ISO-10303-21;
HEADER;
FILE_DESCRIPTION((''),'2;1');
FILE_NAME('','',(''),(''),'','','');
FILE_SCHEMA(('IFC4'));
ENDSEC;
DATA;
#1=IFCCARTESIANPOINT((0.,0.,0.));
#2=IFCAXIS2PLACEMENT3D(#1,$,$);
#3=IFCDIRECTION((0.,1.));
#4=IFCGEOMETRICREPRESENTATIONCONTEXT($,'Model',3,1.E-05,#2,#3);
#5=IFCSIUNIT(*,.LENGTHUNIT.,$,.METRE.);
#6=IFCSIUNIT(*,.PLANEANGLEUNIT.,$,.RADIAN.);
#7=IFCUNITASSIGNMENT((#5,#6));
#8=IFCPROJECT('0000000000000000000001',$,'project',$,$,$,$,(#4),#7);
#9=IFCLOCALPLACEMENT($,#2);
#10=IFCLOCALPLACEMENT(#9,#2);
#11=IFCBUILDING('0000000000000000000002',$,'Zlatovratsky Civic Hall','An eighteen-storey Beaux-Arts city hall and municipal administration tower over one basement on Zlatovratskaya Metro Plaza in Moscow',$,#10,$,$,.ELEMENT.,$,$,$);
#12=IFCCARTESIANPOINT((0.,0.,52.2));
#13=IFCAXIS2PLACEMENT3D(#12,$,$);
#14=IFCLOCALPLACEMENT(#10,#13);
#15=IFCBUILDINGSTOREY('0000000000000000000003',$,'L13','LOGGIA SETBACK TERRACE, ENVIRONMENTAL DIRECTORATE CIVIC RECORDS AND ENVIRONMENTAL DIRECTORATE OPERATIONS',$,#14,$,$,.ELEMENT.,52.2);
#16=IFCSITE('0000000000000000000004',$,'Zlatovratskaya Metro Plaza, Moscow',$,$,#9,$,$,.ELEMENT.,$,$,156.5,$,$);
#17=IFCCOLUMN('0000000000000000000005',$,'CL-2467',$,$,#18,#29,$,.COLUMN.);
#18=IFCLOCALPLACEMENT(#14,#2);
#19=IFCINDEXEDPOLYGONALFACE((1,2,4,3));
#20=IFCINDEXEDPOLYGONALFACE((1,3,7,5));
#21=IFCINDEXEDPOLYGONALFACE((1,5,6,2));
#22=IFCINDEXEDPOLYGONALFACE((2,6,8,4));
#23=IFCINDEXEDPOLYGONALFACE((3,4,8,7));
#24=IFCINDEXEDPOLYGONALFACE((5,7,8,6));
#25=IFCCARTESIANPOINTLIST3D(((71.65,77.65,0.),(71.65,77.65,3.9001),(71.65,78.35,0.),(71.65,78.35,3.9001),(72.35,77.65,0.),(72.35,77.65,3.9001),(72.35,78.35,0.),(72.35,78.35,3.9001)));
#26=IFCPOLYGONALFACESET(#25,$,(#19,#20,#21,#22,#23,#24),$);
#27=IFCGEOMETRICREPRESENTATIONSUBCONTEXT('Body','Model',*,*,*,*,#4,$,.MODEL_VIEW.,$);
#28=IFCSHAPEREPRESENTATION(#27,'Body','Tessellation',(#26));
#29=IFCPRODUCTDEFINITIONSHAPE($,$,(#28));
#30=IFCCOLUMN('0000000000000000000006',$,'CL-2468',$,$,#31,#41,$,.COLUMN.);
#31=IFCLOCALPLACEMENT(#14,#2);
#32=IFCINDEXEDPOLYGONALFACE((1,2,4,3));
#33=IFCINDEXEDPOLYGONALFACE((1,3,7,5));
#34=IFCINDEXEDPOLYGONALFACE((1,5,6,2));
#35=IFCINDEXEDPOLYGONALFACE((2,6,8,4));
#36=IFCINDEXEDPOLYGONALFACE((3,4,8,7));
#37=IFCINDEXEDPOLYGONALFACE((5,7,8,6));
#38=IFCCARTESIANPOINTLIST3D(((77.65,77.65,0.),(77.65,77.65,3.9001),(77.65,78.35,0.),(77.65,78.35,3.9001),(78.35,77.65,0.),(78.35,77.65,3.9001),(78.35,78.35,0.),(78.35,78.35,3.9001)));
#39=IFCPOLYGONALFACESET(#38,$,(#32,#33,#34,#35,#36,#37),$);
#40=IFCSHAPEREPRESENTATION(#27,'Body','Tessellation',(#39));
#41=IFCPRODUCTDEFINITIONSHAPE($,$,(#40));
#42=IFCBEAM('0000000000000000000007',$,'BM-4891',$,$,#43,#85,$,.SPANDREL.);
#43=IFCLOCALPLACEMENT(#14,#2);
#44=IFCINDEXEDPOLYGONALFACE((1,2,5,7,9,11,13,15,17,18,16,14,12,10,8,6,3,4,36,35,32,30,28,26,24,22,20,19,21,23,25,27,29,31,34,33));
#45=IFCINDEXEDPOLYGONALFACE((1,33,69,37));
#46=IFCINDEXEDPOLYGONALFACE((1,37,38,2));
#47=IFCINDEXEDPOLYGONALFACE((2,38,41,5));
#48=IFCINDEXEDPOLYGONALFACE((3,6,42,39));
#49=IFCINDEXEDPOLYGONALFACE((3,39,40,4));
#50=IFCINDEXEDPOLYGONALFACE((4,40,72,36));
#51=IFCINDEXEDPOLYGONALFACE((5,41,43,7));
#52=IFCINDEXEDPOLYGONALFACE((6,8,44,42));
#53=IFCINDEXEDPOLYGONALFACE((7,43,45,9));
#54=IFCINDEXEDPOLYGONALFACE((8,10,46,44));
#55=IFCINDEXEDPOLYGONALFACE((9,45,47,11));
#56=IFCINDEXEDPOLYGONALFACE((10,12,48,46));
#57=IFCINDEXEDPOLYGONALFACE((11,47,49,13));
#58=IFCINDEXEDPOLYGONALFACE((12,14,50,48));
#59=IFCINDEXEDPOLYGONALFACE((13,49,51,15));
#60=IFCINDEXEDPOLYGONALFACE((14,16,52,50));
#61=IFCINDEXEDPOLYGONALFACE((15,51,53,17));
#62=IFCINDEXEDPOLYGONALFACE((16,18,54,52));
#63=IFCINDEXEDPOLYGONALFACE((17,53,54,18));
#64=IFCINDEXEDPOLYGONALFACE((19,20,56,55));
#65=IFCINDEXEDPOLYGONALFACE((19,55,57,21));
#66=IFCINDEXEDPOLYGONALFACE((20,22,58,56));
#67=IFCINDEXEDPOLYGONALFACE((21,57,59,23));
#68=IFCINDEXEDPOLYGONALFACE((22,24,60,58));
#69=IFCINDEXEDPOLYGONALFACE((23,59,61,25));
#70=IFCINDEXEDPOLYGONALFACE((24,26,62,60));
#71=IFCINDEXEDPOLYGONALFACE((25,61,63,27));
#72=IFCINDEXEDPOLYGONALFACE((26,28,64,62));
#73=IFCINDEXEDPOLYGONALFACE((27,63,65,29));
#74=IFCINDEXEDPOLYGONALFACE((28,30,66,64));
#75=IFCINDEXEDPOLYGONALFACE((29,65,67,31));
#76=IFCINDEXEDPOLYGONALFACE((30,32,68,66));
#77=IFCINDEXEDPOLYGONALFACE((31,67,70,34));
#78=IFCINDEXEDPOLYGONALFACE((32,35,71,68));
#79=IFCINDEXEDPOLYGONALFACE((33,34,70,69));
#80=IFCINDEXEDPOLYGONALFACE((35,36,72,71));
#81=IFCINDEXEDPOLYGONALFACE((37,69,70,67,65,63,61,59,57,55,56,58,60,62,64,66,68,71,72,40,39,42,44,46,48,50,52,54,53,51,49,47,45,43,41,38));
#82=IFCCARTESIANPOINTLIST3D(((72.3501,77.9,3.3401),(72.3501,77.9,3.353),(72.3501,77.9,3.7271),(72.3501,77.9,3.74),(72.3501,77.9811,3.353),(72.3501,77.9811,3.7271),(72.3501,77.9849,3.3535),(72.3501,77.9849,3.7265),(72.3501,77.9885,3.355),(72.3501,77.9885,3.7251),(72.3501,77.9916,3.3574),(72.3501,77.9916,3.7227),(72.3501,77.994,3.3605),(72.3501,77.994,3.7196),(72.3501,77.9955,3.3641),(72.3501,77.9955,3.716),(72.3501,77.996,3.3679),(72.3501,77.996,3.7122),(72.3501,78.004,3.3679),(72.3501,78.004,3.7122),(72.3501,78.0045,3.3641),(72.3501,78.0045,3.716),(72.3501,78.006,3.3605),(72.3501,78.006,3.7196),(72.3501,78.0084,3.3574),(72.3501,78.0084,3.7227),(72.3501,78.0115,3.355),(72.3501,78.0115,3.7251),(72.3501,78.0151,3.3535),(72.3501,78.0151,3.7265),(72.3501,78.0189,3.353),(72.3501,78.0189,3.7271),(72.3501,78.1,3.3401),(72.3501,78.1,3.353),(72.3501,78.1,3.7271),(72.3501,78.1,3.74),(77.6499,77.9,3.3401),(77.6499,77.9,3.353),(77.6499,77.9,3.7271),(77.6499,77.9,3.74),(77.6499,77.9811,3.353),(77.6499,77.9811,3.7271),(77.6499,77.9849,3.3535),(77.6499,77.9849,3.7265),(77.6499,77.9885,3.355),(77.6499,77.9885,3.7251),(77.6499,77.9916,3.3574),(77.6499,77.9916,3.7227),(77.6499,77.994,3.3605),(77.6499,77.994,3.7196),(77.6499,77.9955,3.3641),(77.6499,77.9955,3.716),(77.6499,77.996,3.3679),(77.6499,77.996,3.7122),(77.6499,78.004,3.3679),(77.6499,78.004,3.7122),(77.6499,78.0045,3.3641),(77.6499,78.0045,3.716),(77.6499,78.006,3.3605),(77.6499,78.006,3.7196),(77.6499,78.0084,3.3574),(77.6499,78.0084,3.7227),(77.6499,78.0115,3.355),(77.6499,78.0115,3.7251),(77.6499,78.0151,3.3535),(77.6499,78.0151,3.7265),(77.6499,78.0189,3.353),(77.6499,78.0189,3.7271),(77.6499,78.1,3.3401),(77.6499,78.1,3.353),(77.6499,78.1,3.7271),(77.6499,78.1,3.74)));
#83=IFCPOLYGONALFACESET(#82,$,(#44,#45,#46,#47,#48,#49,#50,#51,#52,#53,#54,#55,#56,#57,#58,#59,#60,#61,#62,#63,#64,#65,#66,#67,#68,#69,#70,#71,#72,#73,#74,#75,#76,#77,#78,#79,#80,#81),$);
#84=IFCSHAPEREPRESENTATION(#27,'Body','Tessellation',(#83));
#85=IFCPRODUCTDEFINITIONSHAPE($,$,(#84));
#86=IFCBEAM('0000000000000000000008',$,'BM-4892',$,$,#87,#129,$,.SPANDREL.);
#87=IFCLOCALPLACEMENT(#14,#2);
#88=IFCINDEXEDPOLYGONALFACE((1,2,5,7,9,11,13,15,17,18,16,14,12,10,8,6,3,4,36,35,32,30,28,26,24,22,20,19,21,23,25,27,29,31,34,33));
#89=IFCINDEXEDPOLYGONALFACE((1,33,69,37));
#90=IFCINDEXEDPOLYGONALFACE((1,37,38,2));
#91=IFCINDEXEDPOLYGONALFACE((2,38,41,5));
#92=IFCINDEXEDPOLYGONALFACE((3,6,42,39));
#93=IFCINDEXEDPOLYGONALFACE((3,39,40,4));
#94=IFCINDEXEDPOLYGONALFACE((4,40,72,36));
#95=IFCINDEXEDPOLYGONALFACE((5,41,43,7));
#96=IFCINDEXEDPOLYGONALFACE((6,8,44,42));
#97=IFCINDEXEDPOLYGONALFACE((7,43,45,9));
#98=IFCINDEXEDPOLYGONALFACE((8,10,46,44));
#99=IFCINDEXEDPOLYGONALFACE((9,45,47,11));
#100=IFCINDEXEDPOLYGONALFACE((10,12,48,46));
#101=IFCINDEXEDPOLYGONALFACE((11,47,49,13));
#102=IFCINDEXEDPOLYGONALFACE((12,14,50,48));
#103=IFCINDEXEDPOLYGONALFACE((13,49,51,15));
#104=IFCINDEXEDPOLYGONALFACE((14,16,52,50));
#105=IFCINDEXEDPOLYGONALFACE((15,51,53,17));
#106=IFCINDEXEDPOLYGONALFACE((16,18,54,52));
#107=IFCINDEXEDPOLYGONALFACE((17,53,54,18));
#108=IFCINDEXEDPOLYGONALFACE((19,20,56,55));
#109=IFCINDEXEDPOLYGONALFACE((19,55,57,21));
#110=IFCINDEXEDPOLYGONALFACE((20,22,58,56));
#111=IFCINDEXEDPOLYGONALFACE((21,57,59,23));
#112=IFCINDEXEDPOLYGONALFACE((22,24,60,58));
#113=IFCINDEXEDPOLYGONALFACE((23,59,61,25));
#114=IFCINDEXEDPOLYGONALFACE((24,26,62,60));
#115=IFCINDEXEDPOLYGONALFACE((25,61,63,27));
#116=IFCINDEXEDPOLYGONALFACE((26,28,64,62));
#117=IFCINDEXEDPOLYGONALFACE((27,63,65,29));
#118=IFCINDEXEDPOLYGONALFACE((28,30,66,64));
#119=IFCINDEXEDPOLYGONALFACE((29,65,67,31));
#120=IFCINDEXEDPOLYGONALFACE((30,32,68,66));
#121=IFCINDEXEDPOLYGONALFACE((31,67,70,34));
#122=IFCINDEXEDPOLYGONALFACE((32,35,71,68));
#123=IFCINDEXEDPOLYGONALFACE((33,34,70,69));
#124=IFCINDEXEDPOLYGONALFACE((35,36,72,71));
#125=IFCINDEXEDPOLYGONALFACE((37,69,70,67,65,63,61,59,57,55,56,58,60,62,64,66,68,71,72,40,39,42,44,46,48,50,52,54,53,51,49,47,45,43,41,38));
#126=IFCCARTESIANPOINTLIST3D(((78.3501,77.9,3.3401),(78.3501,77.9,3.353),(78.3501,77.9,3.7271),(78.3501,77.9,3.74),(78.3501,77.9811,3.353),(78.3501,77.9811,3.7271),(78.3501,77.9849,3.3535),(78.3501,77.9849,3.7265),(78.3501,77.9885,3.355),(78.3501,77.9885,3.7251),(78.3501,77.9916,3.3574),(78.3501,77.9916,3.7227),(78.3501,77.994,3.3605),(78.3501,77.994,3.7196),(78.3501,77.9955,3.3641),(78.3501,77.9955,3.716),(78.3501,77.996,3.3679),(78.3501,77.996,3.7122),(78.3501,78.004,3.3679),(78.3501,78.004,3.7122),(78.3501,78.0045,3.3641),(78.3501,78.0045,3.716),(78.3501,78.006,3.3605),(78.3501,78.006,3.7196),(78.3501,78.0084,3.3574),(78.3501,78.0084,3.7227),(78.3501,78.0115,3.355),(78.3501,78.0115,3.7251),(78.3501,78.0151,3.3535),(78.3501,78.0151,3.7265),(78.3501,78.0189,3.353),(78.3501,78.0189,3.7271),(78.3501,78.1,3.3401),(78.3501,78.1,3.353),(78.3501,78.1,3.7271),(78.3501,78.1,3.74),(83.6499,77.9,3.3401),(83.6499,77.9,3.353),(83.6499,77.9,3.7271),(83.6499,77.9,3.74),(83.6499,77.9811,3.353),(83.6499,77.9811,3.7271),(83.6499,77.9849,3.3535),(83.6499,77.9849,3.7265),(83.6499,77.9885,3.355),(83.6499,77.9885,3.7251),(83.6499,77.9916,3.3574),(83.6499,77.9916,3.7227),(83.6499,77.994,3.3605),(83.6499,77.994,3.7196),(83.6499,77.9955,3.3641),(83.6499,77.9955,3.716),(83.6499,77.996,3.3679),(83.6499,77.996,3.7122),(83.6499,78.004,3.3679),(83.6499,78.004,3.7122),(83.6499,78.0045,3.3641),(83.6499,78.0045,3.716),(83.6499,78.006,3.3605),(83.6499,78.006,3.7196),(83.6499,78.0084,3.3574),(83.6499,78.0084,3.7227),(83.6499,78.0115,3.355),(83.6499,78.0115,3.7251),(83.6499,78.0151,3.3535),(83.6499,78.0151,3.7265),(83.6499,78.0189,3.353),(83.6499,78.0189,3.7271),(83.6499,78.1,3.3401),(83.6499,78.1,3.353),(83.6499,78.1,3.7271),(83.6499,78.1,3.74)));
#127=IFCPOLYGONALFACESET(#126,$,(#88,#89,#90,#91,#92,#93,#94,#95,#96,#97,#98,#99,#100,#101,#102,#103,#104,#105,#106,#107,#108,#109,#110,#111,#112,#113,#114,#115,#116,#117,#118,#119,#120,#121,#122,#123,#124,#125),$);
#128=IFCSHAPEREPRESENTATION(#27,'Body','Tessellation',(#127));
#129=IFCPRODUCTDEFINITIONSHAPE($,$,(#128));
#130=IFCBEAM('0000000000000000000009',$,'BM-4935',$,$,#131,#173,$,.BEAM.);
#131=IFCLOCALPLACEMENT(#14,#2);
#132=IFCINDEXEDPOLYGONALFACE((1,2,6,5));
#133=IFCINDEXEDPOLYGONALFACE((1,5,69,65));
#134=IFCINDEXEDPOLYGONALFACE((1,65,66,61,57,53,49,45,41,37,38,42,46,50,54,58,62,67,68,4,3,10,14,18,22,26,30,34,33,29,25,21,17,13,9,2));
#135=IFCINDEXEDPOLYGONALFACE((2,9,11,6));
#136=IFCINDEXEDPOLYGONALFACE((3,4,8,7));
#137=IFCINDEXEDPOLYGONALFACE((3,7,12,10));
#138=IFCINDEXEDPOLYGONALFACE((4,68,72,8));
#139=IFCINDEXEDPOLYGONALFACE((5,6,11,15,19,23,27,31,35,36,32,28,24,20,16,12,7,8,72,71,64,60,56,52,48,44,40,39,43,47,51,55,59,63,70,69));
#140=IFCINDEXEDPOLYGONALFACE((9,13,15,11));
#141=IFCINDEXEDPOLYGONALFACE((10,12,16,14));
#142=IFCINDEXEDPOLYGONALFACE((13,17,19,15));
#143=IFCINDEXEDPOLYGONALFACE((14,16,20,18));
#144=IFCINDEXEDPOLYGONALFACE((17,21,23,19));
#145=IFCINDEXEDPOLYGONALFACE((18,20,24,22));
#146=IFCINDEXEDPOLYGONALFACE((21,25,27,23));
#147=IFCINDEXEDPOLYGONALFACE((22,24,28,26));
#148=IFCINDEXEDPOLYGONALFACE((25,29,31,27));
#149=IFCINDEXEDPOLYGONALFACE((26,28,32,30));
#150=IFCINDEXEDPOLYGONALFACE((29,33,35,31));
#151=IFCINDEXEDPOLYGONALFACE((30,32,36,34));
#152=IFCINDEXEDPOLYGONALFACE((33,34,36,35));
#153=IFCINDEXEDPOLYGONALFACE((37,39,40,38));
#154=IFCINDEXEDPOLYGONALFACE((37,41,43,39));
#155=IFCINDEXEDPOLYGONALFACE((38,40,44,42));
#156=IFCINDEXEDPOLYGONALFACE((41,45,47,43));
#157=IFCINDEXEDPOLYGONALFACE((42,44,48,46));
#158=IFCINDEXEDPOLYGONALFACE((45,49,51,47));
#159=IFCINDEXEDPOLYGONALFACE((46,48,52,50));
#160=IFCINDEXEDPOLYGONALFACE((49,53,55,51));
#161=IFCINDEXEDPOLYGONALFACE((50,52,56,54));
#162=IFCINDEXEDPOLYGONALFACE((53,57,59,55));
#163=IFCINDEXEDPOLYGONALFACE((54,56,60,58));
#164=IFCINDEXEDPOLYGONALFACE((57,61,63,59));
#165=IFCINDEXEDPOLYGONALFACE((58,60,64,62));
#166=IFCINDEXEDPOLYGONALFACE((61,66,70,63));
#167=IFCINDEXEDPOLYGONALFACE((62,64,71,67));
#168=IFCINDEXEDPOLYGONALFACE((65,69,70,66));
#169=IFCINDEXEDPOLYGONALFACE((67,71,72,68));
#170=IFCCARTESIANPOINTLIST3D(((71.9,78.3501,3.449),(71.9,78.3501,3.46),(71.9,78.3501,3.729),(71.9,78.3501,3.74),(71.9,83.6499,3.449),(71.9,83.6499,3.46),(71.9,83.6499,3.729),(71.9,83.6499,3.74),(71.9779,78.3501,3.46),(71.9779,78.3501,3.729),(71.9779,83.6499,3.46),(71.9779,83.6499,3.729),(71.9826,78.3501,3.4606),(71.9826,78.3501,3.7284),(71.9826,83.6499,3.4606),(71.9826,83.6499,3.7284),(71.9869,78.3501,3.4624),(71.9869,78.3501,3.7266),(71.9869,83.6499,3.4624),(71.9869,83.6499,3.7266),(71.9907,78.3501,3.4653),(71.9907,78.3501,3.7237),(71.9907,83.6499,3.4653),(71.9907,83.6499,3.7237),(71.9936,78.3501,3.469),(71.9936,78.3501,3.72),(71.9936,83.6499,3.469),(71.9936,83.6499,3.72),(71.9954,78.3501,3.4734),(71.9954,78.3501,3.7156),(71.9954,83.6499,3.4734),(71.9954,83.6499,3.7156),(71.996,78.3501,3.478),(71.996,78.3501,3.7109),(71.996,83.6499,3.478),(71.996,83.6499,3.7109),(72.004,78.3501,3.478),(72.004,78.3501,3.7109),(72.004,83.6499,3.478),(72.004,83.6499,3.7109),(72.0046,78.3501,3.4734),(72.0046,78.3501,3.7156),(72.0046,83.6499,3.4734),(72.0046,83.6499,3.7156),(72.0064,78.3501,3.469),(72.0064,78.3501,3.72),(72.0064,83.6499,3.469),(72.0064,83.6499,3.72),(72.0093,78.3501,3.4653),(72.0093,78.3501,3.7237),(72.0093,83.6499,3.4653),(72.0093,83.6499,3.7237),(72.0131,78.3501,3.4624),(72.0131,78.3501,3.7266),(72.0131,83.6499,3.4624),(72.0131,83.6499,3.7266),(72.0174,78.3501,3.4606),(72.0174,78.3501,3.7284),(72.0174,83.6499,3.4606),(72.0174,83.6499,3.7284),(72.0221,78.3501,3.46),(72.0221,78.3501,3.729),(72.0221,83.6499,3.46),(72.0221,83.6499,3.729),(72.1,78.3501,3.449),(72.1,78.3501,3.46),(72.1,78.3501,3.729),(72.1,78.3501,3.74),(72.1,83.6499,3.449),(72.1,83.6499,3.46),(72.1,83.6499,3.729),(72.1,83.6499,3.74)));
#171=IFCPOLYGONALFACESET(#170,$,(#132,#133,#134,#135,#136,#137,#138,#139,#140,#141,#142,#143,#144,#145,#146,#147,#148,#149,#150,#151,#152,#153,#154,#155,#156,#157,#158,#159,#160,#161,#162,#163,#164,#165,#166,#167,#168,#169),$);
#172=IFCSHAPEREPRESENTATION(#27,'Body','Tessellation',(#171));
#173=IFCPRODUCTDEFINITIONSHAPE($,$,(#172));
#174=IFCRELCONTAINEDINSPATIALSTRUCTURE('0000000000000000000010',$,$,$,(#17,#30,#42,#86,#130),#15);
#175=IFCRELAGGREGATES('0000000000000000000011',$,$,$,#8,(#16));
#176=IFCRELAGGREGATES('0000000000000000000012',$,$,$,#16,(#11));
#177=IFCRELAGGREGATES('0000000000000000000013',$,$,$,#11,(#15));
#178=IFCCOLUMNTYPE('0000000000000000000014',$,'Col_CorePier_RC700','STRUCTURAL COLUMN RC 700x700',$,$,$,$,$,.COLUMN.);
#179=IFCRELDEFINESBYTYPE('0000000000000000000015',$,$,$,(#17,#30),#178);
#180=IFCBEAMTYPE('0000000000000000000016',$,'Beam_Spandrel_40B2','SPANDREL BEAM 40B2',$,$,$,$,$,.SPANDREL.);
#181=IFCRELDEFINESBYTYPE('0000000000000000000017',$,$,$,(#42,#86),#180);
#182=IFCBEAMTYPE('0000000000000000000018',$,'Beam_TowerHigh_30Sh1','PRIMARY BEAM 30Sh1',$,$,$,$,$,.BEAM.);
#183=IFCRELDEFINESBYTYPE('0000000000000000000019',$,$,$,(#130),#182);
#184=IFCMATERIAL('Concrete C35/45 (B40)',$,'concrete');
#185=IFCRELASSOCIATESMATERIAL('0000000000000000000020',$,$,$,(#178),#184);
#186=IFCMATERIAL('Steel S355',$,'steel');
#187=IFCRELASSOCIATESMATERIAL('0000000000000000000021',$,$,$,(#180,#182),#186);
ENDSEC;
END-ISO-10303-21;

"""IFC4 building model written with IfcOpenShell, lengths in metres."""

from ifc_helpers import new_model, si_unit, direction, frame, origin, origin_2d, place, context, subcontext, project, spatial, rectangle, i_section, extrude, material, material_profile, profile_set, type_object, element, save


model = new_model("IFC4")

# Units and contexts
model_context = context("Model", 3, precision=1e-05, world=origin(), true_north=direction((0.0, 1.0)))
body_context = subcontext(model_context, "Body", "Model", "MODEL_VIEW")
ifc_project = project(units=[si_unit("LENGTHUNIT", "METRE"), si_unit("PLANEANGLEUNIT", "RADIAN")], contexts=[model_context])

# Site, building, storey
site_placement = place(None, origin())
site = spatial("IfcSite", under=ifc_project, at=site_placement, Name="Zlatovratskaya Metro Plaza, Moscow", CompositionType="ELEMENT", RefElevation=156.5)
building_placement = place(site_placement, origin())
building = spatial("IfcBuilding", under=site, at=building_placement, Name="Zlatovratsky Civic Hall", Description="An eighteen-storey Beaux-Arts city hall and municipal administration tower over one basement on Zlatovratskaya Metro Plaza in Moscow", CompositionType="ELEMENT")
storey_placement = place(building_placement, frame((0.0, 0.0, 52.2)))
storey = spatial("IfcBuildingStorey", under=building, at=storey_placement, Name="L13", Description="LOGGIA SETBACK TERRACE, ENVIRONMENTAL DIRECTORATE CIVIC RECORDS AND ENVIRONMENTAL DIRECTORATE OPERATIONS", CompositionType="ELEMENT", Elevation=52.2)

# Columns
ifc_material_1 = material(Name="Concrete C35/45 (B40)", Category="concrete")
ifc_material_profile_1 = material_profile(ifc_material_1, rectangle(XDim=0.7, YDim=0.7, at=origin_2d()), Name="RC 700x700")
ifc_profile_set_1 = profile_set([ifc_material_profile_1], Name="Concrete C35/45 (B40)")
column_type = type_object("IfcColumnType", Name="Col_CorePier_RC700", Description="STRUCTURAL COLUMN RC 700x700", PredefinedType="COLUMN", material=ifc_profile_set_1)
for number, where, z_axis, x_axis, name in (
    (1, (72.0, 78.0, 0.0), (0.0, 0.0, 1.0), (1.0, 0.0, 0.0), "CL-2467"),
    (2, (78.0, 78.0, 0.0), (0.0, 0.0, 1.0), (1.0, 0.0, 0.0), "CL-2468"),
):
    element("IfcColumn", number, at=place(storey_placement, frame(where, z_axis=z_axis, x_axis=x_axis)), inside=storey, type_object=column_type, Name=name, PredefinedType="COLUMN", context=body_context, shape_type="SweptSolid", body=[
        extrude(rectangle(XDim=0.7, YDim=0.7, at=origin_2d()), origin(), (0.0, 0.0, 1.0), 3.9001),
    ])

# Beams
ifc_material_2 = material(Name="Steel S355", Category="steel")
ifc_material_profile_2 = material_profile(ifc_material_2, i_section(OverallWidth=0.2, OverallDepth=0.3999, WebThickness=0.0081, FlangeThickness=0.0129, FilletRadius=0.0149, at=origin_2d()), Name="40B2")
ifc_profile_set_2 = profile_set([ifc_material_profile_2], Name="Steel S355")
beam_type_1 = type_object("IfcBeamType", Name="Beam_Spandrel_40B2", Description="SPANDREL BEAM 40B2", PredefinedType="SPANDREL", material=ifc_profile_set_2)
for number, where, z_axis, x_axis, name in (
    (3, (72.3501, 78.0, 3.54), (1.0, 0.0, 0.0), (0.0, 1.0, 0.0), "BM-4891"),
    (4, (78.3501, 78.0, 3.54), (1.0, 0.0, 0.0), (0.0, 1.0, 0.0), "BM-4892"),
):
    element("IfcBeam", number, at=place(storey_placement, frame(where, z_axis=z_axis, x_axis=x_axis)), inside=storey, type_object=beam_type_1, Name=name, PredefinedType="SPANDREL", context=body_context, shape_type="SweptSolid", body=[
        extrude(i_section(OverallWidth=0.2, OverallDepth=0.3999, WebThickness=0.0081, FlangeThickness=0.0129, FilletRadius=0.0149, at=origin_2d()), origin(), (0.0, 0.0, 1.0), 5.2998),
    ])
ifc_material_profile_3 = material_profile(ifc_material_2, i_section(OverallWidth=0.2, OverallDepth=0.291, WebThickness=0.0081, FlangeThickness=0.011, FilletRadius=0.0181, at=origin_2d()), Name="30Sh1")
ifc_profile_set_3 = profile_set([ifc_material_profile_3], Name="Steel S355")
beam_type_2 = type_object("IfcBeamType", Name="Beam_TowerHigh_30Sh1", Description="PRIMARY BEAM 30Sh1", PredefinedType="BEAM", material=ifc_profile_set_3)
for number, where, z_axis, x_axis, name in (
    (5, (72.0, 78.3501, 3.5945), (0.0, 1.0, 0.0), (-1.0, 0.0, 0.0), "BM-4935"),
):
    element("IfcBeam", number, at=place(storey_placement, frame(where, z_axis=z_axis, x_axis=x_axis)), inside=storey, type_object=beam_type_2, Name=name, PredefinedType="BEAM", context=body_context, shape_type="SweptSolid", body=[
        extrude(i_section(OverallWidth=0.2, OverallDepth=0.291, WebThickness=0.0081, FlangeThickness=0.011, FilletRadius=0.0181, at=origin_2d()), origin(), (0.0, 0.0, 1.0), 5.2998),
    ])

save(model, "model.ifc")
